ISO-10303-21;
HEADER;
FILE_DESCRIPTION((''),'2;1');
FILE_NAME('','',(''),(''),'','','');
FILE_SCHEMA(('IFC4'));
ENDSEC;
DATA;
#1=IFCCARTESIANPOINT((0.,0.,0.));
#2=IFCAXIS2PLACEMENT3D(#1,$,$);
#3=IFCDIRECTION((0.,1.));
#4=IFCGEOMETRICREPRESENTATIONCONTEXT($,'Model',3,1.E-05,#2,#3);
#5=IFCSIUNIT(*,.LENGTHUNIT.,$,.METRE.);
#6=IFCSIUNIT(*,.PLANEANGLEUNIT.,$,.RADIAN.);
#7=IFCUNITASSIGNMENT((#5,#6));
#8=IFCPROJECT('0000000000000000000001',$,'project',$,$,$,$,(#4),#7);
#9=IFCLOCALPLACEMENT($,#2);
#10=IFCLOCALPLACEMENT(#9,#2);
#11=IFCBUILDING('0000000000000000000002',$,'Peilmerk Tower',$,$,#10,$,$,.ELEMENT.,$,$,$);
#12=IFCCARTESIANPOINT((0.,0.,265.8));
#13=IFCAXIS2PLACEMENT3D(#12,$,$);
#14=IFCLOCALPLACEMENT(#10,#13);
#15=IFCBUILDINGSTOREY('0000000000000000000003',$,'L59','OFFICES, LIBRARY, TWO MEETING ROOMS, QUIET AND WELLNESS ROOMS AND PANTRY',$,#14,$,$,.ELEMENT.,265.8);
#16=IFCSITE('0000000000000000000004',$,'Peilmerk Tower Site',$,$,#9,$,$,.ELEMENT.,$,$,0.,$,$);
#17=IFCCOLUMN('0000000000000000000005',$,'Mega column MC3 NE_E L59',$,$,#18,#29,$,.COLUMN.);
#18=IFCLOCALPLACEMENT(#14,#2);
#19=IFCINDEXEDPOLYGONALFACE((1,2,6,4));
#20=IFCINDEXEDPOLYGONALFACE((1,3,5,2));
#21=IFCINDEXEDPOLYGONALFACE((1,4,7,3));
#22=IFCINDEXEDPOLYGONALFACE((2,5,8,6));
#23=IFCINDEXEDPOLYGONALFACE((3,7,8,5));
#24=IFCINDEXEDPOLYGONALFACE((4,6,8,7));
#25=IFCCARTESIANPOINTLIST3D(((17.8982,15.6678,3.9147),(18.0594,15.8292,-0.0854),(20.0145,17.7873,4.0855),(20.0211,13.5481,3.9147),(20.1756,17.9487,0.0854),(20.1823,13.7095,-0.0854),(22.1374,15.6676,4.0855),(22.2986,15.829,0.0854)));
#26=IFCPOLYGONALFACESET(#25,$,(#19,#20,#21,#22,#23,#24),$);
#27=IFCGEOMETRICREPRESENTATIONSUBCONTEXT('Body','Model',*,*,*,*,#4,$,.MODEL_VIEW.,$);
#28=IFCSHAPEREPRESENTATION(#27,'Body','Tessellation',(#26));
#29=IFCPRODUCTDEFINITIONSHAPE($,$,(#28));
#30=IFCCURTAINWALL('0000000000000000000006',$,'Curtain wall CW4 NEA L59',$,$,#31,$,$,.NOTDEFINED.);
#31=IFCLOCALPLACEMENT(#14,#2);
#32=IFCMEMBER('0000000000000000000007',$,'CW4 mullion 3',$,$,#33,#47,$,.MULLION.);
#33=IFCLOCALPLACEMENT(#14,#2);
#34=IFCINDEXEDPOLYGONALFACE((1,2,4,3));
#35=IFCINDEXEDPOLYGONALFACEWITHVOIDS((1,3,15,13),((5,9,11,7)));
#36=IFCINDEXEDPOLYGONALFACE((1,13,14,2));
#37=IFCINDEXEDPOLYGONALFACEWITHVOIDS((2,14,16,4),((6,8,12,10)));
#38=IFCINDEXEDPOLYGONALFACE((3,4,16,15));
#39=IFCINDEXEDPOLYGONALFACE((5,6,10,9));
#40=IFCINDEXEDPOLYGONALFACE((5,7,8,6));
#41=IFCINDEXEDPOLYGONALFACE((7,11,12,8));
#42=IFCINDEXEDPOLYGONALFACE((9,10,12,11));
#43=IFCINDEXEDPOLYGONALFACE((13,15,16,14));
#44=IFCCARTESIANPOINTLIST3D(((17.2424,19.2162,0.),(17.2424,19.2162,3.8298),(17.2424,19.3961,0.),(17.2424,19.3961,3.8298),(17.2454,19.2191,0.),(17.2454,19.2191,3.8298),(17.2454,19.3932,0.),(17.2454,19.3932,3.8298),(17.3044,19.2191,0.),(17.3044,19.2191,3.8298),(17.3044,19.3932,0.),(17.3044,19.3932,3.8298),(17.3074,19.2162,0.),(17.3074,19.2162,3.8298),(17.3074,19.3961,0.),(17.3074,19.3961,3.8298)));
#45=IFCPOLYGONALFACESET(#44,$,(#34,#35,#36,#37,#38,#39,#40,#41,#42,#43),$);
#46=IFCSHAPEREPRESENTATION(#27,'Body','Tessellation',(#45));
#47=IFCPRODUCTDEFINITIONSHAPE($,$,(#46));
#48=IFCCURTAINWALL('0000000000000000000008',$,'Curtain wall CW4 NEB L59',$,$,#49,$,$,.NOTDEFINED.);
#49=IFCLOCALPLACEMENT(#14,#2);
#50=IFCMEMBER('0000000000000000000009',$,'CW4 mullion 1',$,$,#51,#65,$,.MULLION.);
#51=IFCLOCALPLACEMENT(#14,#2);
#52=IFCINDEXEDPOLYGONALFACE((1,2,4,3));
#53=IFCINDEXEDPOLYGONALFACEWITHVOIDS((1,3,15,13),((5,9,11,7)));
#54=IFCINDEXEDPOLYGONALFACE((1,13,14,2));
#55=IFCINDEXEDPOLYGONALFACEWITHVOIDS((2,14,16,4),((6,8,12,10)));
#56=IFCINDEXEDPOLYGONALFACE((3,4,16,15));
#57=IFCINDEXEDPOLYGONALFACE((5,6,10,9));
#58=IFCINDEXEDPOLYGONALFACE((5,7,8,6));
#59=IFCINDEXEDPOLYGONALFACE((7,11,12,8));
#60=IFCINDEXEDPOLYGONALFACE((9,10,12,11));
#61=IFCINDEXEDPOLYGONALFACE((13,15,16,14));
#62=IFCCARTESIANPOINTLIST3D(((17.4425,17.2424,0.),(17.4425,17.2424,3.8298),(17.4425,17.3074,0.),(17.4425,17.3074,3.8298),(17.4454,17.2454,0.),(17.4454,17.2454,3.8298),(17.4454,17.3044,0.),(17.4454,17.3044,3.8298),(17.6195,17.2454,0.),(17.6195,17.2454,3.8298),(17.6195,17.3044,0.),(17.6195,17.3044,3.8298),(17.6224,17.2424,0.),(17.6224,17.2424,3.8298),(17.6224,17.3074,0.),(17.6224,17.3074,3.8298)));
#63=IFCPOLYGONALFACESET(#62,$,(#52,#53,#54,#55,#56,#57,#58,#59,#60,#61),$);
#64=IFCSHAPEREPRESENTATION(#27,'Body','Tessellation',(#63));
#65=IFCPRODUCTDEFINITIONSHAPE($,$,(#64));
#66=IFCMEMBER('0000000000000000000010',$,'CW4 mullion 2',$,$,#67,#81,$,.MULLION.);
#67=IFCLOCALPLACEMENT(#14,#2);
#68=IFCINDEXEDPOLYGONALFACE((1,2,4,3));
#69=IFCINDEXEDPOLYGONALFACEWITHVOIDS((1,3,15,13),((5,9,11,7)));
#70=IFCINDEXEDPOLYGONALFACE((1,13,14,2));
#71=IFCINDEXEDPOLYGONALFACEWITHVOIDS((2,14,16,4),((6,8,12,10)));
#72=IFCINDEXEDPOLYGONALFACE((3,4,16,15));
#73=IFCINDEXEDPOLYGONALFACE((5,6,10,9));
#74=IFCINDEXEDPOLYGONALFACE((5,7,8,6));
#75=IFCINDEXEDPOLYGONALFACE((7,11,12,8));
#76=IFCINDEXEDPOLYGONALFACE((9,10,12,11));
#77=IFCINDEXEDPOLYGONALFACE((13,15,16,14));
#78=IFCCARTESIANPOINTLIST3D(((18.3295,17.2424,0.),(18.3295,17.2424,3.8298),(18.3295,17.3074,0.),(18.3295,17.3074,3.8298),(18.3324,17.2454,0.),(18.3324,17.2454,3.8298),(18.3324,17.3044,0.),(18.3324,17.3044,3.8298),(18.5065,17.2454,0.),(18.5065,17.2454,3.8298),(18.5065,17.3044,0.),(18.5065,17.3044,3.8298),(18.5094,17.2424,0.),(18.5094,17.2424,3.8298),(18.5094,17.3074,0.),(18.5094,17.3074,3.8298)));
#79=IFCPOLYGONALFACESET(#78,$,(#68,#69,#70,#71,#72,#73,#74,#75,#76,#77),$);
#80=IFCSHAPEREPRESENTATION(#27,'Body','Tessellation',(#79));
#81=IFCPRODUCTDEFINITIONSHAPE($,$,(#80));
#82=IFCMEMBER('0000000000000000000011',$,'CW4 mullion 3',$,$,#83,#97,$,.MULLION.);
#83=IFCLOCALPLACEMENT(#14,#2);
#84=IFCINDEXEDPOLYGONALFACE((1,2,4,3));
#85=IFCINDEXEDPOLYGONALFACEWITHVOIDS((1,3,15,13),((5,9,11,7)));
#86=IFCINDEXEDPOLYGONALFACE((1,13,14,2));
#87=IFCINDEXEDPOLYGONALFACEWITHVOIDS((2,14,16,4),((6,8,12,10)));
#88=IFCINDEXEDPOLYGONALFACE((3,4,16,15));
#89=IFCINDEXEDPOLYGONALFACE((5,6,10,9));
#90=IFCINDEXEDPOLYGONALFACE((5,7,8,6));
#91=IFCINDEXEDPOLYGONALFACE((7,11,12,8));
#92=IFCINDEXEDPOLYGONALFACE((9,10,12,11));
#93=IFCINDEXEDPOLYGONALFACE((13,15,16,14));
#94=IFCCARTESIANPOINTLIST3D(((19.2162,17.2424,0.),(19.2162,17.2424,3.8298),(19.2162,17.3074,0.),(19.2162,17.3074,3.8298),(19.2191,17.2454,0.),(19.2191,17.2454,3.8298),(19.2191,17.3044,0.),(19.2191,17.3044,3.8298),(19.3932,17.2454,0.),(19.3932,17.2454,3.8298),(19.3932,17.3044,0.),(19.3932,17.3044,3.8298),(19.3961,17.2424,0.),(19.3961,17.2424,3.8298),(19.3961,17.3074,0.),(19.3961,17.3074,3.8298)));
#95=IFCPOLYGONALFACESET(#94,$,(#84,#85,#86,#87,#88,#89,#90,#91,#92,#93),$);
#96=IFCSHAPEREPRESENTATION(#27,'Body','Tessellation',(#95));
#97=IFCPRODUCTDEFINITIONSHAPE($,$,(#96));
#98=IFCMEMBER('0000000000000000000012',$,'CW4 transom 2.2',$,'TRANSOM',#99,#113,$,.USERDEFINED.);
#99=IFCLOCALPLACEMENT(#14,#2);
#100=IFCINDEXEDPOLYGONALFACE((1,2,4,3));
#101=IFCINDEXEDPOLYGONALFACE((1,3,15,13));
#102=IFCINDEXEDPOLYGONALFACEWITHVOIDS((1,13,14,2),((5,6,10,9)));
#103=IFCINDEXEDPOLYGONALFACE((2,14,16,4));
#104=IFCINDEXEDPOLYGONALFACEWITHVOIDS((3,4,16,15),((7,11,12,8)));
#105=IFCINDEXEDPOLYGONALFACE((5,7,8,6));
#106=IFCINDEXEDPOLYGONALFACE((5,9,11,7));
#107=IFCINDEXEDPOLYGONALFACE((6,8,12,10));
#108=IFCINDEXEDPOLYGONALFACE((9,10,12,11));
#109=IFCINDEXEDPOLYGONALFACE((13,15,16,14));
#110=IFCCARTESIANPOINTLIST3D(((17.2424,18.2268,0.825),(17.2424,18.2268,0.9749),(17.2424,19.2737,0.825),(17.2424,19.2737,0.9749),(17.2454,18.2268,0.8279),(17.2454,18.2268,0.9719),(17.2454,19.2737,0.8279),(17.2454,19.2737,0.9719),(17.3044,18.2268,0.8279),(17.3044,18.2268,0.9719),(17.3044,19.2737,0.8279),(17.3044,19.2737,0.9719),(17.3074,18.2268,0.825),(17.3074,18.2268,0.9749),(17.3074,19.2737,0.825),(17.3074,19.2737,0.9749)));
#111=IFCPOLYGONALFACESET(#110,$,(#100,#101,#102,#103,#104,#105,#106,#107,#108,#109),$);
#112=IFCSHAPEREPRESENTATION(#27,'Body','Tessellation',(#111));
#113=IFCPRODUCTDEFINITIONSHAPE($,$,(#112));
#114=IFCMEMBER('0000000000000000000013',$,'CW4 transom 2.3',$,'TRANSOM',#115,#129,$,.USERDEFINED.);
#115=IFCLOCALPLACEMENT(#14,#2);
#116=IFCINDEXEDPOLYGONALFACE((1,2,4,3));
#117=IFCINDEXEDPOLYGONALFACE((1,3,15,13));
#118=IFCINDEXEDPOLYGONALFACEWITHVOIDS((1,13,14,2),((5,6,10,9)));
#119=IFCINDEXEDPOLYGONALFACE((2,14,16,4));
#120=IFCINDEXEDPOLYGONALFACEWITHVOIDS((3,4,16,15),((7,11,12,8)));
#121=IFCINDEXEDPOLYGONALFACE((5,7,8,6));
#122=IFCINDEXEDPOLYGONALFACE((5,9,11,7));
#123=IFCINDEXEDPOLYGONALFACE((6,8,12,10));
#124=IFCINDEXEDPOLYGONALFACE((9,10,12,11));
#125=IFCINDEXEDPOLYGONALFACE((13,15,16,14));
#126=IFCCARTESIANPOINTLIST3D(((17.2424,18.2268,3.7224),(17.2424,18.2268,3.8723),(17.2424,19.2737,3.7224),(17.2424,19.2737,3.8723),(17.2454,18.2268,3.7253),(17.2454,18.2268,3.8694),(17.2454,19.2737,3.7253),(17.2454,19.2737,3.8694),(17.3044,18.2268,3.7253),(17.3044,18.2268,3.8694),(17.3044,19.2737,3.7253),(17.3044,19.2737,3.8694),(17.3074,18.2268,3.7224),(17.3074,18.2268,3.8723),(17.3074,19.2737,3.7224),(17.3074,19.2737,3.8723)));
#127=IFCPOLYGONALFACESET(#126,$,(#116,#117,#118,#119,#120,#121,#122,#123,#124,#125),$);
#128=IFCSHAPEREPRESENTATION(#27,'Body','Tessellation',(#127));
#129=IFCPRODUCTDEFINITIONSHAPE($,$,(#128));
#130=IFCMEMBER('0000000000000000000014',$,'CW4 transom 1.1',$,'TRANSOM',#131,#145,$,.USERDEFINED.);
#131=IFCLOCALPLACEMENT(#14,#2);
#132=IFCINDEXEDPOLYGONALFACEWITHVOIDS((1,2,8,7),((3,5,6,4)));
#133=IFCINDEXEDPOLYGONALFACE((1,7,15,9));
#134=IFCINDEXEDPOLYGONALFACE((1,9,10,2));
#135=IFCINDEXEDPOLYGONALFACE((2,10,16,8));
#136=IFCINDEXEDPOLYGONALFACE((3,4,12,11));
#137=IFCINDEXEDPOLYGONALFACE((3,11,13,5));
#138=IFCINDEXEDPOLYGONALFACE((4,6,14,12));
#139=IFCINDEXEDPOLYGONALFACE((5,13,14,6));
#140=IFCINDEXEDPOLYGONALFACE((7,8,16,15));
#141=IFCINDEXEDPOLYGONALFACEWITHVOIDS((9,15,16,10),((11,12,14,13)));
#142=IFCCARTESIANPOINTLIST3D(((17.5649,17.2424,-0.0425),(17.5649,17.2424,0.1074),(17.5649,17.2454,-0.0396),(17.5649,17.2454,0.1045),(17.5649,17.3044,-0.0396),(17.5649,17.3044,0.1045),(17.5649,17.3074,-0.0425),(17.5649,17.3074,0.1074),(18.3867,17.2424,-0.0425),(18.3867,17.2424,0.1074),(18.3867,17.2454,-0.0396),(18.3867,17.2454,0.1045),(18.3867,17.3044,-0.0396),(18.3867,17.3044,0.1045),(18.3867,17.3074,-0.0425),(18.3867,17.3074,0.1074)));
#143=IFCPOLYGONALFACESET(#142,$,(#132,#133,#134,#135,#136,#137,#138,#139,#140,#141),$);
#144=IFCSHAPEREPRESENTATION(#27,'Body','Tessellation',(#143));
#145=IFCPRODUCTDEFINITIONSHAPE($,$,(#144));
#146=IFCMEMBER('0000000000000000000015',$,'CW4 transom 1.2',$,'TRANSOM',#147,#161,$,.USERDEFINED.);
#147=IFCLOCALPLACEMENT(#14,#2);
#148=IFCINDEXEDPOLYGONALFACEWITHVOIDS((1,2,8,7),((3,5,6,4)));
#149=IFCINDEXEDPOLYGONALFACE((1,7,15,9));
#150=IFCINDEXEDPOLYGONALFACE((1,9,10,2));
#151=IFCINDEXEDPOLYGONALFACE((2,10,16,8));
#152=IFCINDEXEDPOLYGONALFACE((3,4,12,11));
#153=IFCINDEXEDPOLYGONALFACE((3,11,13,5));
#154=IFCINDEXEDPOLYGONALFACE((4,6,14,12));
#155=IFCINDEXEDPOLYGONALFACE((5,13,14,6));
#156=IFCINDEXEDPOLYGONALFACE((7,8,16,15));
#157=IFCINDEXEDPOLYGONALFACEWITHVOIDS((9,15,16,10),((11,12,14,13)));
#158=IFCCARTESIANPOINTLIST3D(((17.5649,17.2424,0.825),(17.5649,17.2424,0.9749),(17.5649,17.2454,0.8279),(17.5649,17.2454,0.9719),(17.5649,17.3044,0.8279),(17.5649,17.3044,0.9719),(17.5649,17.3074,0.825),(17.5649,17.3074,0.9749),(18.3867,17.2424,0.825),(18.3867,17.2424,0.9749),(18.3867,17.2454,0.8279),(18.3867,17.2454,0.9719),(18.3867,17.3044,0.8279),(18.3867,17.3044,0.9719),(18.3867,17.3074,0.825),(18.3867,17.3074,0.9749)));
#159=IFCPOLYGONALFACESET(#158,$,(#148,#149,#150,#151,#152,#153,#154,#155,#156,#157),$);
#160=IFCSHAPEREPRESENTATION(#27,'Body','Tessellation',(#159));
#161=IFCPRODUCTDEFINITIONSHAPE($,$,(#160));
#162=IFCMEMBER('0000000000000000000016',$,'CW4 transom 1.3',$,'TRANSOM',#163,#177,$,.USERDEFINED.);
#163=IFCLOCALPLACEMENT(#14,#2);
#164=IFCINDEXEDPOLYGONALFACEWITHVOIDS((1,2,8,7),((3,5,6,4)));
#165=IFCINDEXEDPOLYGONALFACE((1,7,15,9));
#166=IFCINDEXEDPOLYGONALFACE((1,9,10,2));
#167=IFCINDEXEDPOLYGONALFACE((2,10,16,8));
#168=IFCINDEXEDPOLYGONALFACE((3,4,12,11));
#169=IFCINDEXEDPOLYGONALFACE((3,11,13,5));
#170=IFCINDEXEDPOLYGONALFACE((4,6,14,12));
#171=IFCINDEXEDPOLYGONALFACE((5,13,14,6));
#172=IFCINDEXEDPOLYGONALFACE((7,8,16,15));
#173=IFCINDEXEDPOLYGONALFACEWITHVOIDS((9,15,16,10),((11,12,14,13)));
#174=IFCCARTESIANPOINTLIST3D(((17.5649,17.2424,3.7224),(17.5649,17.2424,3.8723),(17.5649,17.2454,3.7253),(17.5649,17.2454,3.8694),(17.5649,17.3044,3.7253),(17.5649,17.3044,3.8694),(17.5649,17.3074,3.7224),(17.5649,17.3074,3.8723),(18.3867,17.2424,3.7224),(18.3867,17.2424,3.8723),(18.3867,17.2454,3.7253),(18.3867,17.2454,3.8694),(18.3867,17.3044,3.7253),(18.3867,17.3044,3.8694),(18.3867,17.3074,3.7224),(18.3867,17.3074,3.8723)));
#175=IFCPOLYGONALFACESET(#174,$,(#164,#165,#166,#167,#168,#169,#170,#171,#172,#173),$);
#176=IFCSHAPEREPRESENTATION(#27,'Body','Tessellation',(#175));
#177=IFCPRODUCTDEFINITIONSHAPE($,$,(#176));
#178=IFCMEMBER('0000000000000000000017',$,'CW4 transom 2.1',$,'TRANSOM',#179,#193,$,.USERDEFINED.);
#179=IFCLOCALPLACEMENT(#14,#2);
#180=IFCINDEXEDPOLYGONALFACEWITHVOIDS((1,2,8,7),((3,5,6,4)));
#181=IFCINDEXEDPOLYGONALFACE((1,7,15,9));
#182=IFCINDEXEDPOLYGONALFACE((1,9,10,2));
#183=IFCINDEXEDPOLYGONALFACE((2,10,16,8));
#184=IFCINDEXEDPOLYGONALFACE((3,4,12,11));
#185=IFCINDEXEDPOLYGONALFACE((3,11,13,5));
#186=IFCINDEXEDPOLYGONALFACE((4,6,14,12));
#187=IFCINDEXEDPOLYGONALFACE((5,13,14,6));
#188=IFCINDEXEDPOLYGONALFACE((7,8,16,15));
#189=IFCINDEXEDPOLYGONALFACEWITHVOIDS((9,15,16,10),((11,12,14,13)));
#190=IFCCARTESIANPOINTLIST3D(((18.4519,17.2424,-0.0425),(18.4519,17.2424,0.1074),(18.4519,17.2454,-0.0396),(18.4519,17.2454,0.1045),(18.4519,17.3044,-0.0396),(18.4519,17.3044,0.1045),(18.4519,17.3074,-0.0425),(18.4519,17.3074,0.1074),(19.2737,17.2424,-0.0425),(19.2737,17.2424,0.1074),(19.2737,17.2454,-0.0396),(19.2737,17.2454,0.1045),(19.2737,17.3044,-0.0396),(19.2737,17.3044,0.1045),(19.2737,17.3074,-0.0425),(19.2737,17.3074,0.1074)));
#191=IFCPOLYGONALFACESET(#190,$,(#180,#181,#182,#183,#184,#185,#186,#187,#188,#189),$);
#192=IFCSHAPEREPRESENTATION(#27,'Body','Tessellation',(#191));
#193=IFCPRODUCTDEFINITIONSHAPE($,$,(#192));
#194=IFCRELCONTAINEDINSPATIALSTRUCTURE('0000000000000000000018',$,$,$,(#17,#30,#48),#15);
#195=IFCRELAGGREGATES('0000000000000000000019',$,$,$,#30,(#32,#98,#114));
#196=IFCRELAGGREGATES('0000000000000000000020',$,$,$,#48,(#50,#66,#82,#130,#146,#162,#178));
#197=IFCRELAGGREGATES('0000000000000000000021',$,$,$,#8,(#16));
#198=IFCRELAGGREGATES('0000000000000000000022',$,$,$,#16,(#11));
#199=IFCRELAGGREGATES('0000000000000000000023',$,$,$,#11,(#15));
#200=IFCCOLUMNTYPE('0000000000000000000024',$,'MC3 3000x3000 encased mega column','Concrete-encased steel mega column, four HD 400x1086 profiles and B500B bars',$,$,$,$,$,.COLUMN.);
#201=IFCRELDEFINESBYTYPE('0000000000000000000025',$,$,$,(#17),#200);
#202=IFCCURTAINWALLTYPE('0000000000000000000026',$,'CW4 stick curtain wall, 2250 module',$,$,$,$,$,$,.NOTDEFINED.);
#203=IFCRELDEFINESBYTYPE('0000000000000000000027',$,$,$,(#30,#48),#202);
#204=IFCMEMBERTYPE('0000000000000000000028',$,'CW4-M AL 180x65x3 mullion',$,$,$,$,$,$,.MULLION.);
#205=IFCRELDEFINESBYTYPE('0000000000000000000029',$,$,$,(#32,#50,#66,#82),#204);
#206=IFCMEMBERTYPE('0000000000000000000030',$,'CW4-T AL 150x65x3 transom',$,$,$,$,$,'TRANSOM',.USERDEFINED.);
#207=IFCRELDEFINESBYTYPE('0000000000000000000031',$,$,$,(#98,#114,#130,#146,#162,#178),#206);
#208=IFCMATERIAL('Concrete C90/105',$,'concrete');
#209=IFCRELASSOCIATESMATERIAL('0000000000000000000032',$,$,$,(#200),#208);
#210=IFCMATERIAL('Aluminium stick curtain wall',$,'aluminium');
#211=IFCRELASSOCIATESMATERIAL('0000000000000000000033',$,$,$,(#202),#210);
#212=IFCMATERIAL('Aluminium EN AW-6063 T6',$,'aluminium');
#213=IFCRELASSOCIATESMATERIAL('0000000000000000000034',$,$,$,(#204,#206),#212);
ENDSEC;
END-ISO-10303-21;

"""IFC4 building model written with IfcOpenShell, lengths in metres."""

from ifc_helpers import new_model, si_unit, direction, frame, origin, origin_2d, place, context, subcontext, project, spatial, rectangle, hollow_rectangle, extrude, material, material_profile, profile_set, type_object, element, aggregate, save


model = new_model("IFC4")

# Units and contexts
model_context = context("Model", 3, precision=1e-05, world=origin(), true_north=direction((0.0, 1.0)))
body_context = subcontext(model_context, "Body", "Model", "MODEL_VIEW")
ifc_project = project(units=[si_unit("LENGTHUNIT", "METRE"), si_unit("PLANEANGLEUNIT", "RADIAN")], contexts=[model_context])

# Site, building, storey
site_placement = place(None, origin())
site = spatial("IfcSite", under=ifc_project, at=site_placement, Name="Peilmerk Tower Site", CompositionType="ELEMENT", RefElevation=0.0)
building_placement = place(site_placement, origin())
building = spatial("IfcBuilding", under=site, at=building_placement, Name="Peilmerk Tower", CompositionType="ELEMENT")
storey_placement = place(building_placement, frame((0.0, 0.0, 265.8)))
storey = spatial("IfcBuildingStorey", under=building, at=storey_placement, Name="L59", Description="OFFICES, LIBRARY, TWO MEETING ROOMS, QUIET AND WELLNESS ROOMS AND PANTRY", CompositionType="ELEMENT", Elevation=265.8)

# Column
ifc_material_1 = material(Name="Concrete C90/105", Category="concrete")
ifc_material_profile_1 = material_profile(ifc_material_1, rectangle(XDim=3.0, YDim=3.0, at=origin_2d()), Name="RC 3000x3000")
ifc_profile_set_1 = profile_set([ifc_material_profile_1], Name="Concrete C90/105")
column_type = type_object("IfcColumnType", Name="MC3 3000x3000 encased mega column", Description="Concrete-encased steel mega column, four HD 400x1086 profiles and B500B bars", PredefinedType="COLUMN", material=ifc_profile_set_1)
column_placement = place(storey_placement, frame((20.179, 15.8291, 0.0), z_axis=(-0.040218, -0.040279, 0.998379), x_axis=(0.707642, -0.706571, 0.0)))
element("IfcColumn", 1, at=column_placement, inside=storey, type_object=column_type, Name="Mega column MC3 NE_E L59", PredefinedType="COLUMN", context=body_context, shape_type="SweptSolid", body=[
    extrude(rectangle(XDim=3.0, YDim=3.0, at=origin_2d()), origin(), (0.0, 0.0, 1.0), 4.0066),
])

# Curtain wall, member
ifc_material_2 = material(Name="Aluminium stick curtain wall", Category="aluminium")
curtain_wall_type = type_object("IfcCurtainWallType", Name="CW4 stick curtain wall, 2250 module", PredefinedType="NOTDEFINED", material=ifc_material_2)
curtain_wall_1_placement = place(storey_placement, origin())
curtain_wall_1 = element("IfcCurtainWall", 2, at=curtain_wall_1_placement, inside=storey, type_object=curtain_wall_type, Name="Curtain wall CW4 NEA L59", PredefinedType="NOTDEFINED")
ifc_material_3 = material(Name="Aluminium EN AW-6063 T6", Category="aluminium")
ifc_material_profile_2 = material_profile(ifc_material_3, hollow_rectangle(XDim=0.0649, YDim=0.1799, WallThickness=0.0029, at=origin_2d()), Name="AL 180x65x3")
ifc_profile_set_2 = profile_set([ifc_material_profile_2], Name="Aluminium EN AW-6063 T6")
member_type_1 = type_object("IfcMemberType", Name="CW4-M AL 180x65x3 mullion", PredefinedType="MULLION", material=ifc_profile_set_2)
member_1_placement = place(storey_placement, frame((17.2749, 19.3062, 0.0), z_axis=(0.0, 0.0, 1.0), x_axis=(-1.0, 0.0, 0.0)))
member_1 = element("IfcMember", 3, at=member_1_placement, type_object=member_type_1, Name="CW4 mullion 3", PredefinedType="MULLION", context=body_context, shape_type="SweptSolid", body=[
    extrude(hollow_rectangle(XDim=0.0649, YDim=0.1799, WallThickness=0.0029, at=origin_2d()), origin(), (0.0, 0.0, 1.0), 3.8298),
])

# Curtain wall, members
curtain_wall_2_placement = place(storey_placement, origin())
curtain_wall_2 = element("IfcCurtainWall", 4, at=curtain_wall_2_placement, inside=storey, type_object=curtain_wall_type, Name="Curtain wall CW4 NEB L59", PredefinedType="NOTDEFINED")
member_2_placement = place(storey_placement, frame((17.5325, 17.2749, 0.0), z_axis=(0.0, 0.0, 1.0), x_axis=(0.0, 1.0, 0.0)))
member_2 = element("IfcMember", 5, at=member_2_placement, type_object=member_type_1, Name="CW4 mullion 1", PredefinedType="MULLION", context=body_context, shape_type="SweptSolid", body=[
    extrude(hollow_rectangle(XDim=0.0649, YDim=0.1799, WallThickness=0.0029, at=origin_2d()), origin(), (0.0, 0.0, 1.0), 3.8298),
])
member_3_placement = place(storey_placement, frame((18.4194, 17.2749, 0.0), z_axis=(0.0, 0.0, 1.0), x_axis=(0.0, 1.0, 0.0)))
member_3 = element("IfcMember", 6, at=member_3_placement, type_object=member_type_1, Name="CW4 mullion 2", PredefinedType="MULLION", context=body_context, shape_type="SweptSolid", body=[
    extrude(hollow_rectangle(XDim=0.0649, YDim=0.1799, WallThickness=0.0029, at=origin_2d()), origin(), (0.0, 0.0, 1.0), 3.8298),
])
member_4_placement = place(storey_placement, frame((19.3062, 17.2749, 0.0), z_axis=(0.0, 0.0, 1.0), x_axis=(0.0, 1.0, 0.0)))
member_4 = element("IfcMember", 7, at=member_4_placement, type_object=member_type_1, Name="CW4 mullion 3", PredefinedType="MULLION", context=body_context, shape_type="SweptSolid", body=[
    extrude(hollow_rectangle(XDim=0.0649, YDim=0.1799, WallThickness=0.0029, at=origin_2d()), origin(), (0.0, 0.0, 1.0), 3.8298),
])

# Members
ifc_material_profile_3 = material_profile(ifc_material_3, hollow_rectangle(XDim=0.0649, YDim=0.1499, WallThickness=0.0029, at=origin_2d()), Name="AL 150x65x3")
ifc_profile_set_3 = profile_set([ifc_material_profile_3], Name="Aluminium EN AW-6063 T6")
member_type_2 = type_object("IfcMemberType", Name="CW4-T AL 150x65x3 transom", ElementType="TRANSOM", PredefinedType="USERDEFINED", material=ifc_profile_set_3)
member_5_placement = place(storey_placement, frame((17.2749, 18.2268, 0.8999), z_axis=(0.0, 1.0, 0.0), x_axis=(-1.0, 0.0, 0.0)))
member_5 = element("IfcMember", 8, at=member_5_placement, type_object=member_type_2, Name="CW4 transom 2.2", ObjectType="TRANSOM", PredefinedType="USERDEFINED", context=body_context, shape_type="SweptSolid", body=[
    extrude(hollow_rectangle(XDim=0.0649, YDim=0.1499, WallThickness=0.0029, at=origin_2d()), origin(), (0.0, 0.0, 1.0), 1.0469),
])
member_6_placement = place(storey_placement, frame((17.2749, 18.2268, 3.7974), z_axis=(0.0, 1.0, 0.0), x_axis=(-1.0, 0.0, 0.0)))
member_6 = element("IfcMember", 9, at=member_6_placement, type_object=member_type_2, Name="CW4 transom 2.3", ObjectType="TRANSOM", PredefinedType="USERDEFINED", context=body_context, shape_type="SweptSolid", body=[
    extrude(hollow_rectangle(XDim=0.0649, YDim=0.1499, WallThickness=0.0029, at=origin_2d()), origin(), (0.0, 0.0, 1.0), 1.0469),
])
member_7_placement = place(storey_placement, frame((17.5649, 17.2749, 0.0325), z_axis=(1.0, 0.0, 0.0), x_axis=(0.0, 1.0, 0.0)))
member_7 = element("IfcMember", 10, at=member_7_placement, type_object=member_type_2, Name="CW4 transom 1.1", ObjectType="TRANSOM", PredefinedType="USERDEFINED", context=body_context, shape_type="SweptSolid", body=[
    extrude(hollow_rectangle(XDim=0.0649, YDim=0.1499, WallThickness=0.0029, at=origin_2d()), origin(), (0.0, 0.0, 1.0), 0.8218),
])
member_8_placement = place(storey_placement, frame((17.5649, 17.2749, 0.8999), z_axis=(1.0, 0.0, 0.0), x_axis=(0.0, 1.0, 0.0)))
member_8 = element("IfcMember", 11, at=member_8_placement, type_object=member_type_2, Name="CW4 transom 1.2", ObjectType="TRANSOM", PredefinedType="USERDEFINED", context=body_context, shape_type="SweptSolid", body=[
    extrude(hollow_rectangle(XDim=0.0649, YDim=0.1499, WallThickness=0.0029, at=origin_2d()), origin(), (0.0, 0.0, 1.0), 0.8218),
])
member_9_placement = place(storey_placement, frame((17.5649, 17.2749, 3.7974), z_axis=(1.0, 0.0, 0.0), x_axis=(0.0, 1.0, 0.0)))
member_9 = element("IfcMember", 12, at=member_9_placement, type_object=member_type_2, Name="CW4 transom 1.3", ObjectType="TRANSOM", PredefinedType="USERDEFINED", context=body_context, shape_type="SweptSolid", body=[
    extrude(hollow_rectangle(XDim=0.0649, YDim=0.1499, WallThickness=0.0029, at=origin_2d()), origin(), (0.0, 0.0, 1.0), 0.8218),
])
member_10_placement = place(storey_placement, frame((18.4519, 17.2749, 0.0325), z_axis=(1.0, 0.0, 0.0), x_axis=(0.0, 1.0, 0.0)))
member_10 = element("IfcMember", 13, at=member_10_placement, type_object=member_type_2, Name="CW4 transom 2.1", ObjectType="TRANSOM", PredefinedType="USERDEFINED", context=body_context, shape_type="SweptSolid", body=[
    extrude(hollow_rectangle(XDim=0.0649, YDim=0.1499, WallThickness=0.0029, at=origin_2d()), origin(), (0.0, 0.0, 1.0), 0.8218),
])

aggregate(curtain_wall_1, [member_1, member_5, member_6])
aggregate(curtain_wall_2, [member_2, member_3, member_4, member_7, member_8, member_9, member_10])

save(model, "model.ifc")
